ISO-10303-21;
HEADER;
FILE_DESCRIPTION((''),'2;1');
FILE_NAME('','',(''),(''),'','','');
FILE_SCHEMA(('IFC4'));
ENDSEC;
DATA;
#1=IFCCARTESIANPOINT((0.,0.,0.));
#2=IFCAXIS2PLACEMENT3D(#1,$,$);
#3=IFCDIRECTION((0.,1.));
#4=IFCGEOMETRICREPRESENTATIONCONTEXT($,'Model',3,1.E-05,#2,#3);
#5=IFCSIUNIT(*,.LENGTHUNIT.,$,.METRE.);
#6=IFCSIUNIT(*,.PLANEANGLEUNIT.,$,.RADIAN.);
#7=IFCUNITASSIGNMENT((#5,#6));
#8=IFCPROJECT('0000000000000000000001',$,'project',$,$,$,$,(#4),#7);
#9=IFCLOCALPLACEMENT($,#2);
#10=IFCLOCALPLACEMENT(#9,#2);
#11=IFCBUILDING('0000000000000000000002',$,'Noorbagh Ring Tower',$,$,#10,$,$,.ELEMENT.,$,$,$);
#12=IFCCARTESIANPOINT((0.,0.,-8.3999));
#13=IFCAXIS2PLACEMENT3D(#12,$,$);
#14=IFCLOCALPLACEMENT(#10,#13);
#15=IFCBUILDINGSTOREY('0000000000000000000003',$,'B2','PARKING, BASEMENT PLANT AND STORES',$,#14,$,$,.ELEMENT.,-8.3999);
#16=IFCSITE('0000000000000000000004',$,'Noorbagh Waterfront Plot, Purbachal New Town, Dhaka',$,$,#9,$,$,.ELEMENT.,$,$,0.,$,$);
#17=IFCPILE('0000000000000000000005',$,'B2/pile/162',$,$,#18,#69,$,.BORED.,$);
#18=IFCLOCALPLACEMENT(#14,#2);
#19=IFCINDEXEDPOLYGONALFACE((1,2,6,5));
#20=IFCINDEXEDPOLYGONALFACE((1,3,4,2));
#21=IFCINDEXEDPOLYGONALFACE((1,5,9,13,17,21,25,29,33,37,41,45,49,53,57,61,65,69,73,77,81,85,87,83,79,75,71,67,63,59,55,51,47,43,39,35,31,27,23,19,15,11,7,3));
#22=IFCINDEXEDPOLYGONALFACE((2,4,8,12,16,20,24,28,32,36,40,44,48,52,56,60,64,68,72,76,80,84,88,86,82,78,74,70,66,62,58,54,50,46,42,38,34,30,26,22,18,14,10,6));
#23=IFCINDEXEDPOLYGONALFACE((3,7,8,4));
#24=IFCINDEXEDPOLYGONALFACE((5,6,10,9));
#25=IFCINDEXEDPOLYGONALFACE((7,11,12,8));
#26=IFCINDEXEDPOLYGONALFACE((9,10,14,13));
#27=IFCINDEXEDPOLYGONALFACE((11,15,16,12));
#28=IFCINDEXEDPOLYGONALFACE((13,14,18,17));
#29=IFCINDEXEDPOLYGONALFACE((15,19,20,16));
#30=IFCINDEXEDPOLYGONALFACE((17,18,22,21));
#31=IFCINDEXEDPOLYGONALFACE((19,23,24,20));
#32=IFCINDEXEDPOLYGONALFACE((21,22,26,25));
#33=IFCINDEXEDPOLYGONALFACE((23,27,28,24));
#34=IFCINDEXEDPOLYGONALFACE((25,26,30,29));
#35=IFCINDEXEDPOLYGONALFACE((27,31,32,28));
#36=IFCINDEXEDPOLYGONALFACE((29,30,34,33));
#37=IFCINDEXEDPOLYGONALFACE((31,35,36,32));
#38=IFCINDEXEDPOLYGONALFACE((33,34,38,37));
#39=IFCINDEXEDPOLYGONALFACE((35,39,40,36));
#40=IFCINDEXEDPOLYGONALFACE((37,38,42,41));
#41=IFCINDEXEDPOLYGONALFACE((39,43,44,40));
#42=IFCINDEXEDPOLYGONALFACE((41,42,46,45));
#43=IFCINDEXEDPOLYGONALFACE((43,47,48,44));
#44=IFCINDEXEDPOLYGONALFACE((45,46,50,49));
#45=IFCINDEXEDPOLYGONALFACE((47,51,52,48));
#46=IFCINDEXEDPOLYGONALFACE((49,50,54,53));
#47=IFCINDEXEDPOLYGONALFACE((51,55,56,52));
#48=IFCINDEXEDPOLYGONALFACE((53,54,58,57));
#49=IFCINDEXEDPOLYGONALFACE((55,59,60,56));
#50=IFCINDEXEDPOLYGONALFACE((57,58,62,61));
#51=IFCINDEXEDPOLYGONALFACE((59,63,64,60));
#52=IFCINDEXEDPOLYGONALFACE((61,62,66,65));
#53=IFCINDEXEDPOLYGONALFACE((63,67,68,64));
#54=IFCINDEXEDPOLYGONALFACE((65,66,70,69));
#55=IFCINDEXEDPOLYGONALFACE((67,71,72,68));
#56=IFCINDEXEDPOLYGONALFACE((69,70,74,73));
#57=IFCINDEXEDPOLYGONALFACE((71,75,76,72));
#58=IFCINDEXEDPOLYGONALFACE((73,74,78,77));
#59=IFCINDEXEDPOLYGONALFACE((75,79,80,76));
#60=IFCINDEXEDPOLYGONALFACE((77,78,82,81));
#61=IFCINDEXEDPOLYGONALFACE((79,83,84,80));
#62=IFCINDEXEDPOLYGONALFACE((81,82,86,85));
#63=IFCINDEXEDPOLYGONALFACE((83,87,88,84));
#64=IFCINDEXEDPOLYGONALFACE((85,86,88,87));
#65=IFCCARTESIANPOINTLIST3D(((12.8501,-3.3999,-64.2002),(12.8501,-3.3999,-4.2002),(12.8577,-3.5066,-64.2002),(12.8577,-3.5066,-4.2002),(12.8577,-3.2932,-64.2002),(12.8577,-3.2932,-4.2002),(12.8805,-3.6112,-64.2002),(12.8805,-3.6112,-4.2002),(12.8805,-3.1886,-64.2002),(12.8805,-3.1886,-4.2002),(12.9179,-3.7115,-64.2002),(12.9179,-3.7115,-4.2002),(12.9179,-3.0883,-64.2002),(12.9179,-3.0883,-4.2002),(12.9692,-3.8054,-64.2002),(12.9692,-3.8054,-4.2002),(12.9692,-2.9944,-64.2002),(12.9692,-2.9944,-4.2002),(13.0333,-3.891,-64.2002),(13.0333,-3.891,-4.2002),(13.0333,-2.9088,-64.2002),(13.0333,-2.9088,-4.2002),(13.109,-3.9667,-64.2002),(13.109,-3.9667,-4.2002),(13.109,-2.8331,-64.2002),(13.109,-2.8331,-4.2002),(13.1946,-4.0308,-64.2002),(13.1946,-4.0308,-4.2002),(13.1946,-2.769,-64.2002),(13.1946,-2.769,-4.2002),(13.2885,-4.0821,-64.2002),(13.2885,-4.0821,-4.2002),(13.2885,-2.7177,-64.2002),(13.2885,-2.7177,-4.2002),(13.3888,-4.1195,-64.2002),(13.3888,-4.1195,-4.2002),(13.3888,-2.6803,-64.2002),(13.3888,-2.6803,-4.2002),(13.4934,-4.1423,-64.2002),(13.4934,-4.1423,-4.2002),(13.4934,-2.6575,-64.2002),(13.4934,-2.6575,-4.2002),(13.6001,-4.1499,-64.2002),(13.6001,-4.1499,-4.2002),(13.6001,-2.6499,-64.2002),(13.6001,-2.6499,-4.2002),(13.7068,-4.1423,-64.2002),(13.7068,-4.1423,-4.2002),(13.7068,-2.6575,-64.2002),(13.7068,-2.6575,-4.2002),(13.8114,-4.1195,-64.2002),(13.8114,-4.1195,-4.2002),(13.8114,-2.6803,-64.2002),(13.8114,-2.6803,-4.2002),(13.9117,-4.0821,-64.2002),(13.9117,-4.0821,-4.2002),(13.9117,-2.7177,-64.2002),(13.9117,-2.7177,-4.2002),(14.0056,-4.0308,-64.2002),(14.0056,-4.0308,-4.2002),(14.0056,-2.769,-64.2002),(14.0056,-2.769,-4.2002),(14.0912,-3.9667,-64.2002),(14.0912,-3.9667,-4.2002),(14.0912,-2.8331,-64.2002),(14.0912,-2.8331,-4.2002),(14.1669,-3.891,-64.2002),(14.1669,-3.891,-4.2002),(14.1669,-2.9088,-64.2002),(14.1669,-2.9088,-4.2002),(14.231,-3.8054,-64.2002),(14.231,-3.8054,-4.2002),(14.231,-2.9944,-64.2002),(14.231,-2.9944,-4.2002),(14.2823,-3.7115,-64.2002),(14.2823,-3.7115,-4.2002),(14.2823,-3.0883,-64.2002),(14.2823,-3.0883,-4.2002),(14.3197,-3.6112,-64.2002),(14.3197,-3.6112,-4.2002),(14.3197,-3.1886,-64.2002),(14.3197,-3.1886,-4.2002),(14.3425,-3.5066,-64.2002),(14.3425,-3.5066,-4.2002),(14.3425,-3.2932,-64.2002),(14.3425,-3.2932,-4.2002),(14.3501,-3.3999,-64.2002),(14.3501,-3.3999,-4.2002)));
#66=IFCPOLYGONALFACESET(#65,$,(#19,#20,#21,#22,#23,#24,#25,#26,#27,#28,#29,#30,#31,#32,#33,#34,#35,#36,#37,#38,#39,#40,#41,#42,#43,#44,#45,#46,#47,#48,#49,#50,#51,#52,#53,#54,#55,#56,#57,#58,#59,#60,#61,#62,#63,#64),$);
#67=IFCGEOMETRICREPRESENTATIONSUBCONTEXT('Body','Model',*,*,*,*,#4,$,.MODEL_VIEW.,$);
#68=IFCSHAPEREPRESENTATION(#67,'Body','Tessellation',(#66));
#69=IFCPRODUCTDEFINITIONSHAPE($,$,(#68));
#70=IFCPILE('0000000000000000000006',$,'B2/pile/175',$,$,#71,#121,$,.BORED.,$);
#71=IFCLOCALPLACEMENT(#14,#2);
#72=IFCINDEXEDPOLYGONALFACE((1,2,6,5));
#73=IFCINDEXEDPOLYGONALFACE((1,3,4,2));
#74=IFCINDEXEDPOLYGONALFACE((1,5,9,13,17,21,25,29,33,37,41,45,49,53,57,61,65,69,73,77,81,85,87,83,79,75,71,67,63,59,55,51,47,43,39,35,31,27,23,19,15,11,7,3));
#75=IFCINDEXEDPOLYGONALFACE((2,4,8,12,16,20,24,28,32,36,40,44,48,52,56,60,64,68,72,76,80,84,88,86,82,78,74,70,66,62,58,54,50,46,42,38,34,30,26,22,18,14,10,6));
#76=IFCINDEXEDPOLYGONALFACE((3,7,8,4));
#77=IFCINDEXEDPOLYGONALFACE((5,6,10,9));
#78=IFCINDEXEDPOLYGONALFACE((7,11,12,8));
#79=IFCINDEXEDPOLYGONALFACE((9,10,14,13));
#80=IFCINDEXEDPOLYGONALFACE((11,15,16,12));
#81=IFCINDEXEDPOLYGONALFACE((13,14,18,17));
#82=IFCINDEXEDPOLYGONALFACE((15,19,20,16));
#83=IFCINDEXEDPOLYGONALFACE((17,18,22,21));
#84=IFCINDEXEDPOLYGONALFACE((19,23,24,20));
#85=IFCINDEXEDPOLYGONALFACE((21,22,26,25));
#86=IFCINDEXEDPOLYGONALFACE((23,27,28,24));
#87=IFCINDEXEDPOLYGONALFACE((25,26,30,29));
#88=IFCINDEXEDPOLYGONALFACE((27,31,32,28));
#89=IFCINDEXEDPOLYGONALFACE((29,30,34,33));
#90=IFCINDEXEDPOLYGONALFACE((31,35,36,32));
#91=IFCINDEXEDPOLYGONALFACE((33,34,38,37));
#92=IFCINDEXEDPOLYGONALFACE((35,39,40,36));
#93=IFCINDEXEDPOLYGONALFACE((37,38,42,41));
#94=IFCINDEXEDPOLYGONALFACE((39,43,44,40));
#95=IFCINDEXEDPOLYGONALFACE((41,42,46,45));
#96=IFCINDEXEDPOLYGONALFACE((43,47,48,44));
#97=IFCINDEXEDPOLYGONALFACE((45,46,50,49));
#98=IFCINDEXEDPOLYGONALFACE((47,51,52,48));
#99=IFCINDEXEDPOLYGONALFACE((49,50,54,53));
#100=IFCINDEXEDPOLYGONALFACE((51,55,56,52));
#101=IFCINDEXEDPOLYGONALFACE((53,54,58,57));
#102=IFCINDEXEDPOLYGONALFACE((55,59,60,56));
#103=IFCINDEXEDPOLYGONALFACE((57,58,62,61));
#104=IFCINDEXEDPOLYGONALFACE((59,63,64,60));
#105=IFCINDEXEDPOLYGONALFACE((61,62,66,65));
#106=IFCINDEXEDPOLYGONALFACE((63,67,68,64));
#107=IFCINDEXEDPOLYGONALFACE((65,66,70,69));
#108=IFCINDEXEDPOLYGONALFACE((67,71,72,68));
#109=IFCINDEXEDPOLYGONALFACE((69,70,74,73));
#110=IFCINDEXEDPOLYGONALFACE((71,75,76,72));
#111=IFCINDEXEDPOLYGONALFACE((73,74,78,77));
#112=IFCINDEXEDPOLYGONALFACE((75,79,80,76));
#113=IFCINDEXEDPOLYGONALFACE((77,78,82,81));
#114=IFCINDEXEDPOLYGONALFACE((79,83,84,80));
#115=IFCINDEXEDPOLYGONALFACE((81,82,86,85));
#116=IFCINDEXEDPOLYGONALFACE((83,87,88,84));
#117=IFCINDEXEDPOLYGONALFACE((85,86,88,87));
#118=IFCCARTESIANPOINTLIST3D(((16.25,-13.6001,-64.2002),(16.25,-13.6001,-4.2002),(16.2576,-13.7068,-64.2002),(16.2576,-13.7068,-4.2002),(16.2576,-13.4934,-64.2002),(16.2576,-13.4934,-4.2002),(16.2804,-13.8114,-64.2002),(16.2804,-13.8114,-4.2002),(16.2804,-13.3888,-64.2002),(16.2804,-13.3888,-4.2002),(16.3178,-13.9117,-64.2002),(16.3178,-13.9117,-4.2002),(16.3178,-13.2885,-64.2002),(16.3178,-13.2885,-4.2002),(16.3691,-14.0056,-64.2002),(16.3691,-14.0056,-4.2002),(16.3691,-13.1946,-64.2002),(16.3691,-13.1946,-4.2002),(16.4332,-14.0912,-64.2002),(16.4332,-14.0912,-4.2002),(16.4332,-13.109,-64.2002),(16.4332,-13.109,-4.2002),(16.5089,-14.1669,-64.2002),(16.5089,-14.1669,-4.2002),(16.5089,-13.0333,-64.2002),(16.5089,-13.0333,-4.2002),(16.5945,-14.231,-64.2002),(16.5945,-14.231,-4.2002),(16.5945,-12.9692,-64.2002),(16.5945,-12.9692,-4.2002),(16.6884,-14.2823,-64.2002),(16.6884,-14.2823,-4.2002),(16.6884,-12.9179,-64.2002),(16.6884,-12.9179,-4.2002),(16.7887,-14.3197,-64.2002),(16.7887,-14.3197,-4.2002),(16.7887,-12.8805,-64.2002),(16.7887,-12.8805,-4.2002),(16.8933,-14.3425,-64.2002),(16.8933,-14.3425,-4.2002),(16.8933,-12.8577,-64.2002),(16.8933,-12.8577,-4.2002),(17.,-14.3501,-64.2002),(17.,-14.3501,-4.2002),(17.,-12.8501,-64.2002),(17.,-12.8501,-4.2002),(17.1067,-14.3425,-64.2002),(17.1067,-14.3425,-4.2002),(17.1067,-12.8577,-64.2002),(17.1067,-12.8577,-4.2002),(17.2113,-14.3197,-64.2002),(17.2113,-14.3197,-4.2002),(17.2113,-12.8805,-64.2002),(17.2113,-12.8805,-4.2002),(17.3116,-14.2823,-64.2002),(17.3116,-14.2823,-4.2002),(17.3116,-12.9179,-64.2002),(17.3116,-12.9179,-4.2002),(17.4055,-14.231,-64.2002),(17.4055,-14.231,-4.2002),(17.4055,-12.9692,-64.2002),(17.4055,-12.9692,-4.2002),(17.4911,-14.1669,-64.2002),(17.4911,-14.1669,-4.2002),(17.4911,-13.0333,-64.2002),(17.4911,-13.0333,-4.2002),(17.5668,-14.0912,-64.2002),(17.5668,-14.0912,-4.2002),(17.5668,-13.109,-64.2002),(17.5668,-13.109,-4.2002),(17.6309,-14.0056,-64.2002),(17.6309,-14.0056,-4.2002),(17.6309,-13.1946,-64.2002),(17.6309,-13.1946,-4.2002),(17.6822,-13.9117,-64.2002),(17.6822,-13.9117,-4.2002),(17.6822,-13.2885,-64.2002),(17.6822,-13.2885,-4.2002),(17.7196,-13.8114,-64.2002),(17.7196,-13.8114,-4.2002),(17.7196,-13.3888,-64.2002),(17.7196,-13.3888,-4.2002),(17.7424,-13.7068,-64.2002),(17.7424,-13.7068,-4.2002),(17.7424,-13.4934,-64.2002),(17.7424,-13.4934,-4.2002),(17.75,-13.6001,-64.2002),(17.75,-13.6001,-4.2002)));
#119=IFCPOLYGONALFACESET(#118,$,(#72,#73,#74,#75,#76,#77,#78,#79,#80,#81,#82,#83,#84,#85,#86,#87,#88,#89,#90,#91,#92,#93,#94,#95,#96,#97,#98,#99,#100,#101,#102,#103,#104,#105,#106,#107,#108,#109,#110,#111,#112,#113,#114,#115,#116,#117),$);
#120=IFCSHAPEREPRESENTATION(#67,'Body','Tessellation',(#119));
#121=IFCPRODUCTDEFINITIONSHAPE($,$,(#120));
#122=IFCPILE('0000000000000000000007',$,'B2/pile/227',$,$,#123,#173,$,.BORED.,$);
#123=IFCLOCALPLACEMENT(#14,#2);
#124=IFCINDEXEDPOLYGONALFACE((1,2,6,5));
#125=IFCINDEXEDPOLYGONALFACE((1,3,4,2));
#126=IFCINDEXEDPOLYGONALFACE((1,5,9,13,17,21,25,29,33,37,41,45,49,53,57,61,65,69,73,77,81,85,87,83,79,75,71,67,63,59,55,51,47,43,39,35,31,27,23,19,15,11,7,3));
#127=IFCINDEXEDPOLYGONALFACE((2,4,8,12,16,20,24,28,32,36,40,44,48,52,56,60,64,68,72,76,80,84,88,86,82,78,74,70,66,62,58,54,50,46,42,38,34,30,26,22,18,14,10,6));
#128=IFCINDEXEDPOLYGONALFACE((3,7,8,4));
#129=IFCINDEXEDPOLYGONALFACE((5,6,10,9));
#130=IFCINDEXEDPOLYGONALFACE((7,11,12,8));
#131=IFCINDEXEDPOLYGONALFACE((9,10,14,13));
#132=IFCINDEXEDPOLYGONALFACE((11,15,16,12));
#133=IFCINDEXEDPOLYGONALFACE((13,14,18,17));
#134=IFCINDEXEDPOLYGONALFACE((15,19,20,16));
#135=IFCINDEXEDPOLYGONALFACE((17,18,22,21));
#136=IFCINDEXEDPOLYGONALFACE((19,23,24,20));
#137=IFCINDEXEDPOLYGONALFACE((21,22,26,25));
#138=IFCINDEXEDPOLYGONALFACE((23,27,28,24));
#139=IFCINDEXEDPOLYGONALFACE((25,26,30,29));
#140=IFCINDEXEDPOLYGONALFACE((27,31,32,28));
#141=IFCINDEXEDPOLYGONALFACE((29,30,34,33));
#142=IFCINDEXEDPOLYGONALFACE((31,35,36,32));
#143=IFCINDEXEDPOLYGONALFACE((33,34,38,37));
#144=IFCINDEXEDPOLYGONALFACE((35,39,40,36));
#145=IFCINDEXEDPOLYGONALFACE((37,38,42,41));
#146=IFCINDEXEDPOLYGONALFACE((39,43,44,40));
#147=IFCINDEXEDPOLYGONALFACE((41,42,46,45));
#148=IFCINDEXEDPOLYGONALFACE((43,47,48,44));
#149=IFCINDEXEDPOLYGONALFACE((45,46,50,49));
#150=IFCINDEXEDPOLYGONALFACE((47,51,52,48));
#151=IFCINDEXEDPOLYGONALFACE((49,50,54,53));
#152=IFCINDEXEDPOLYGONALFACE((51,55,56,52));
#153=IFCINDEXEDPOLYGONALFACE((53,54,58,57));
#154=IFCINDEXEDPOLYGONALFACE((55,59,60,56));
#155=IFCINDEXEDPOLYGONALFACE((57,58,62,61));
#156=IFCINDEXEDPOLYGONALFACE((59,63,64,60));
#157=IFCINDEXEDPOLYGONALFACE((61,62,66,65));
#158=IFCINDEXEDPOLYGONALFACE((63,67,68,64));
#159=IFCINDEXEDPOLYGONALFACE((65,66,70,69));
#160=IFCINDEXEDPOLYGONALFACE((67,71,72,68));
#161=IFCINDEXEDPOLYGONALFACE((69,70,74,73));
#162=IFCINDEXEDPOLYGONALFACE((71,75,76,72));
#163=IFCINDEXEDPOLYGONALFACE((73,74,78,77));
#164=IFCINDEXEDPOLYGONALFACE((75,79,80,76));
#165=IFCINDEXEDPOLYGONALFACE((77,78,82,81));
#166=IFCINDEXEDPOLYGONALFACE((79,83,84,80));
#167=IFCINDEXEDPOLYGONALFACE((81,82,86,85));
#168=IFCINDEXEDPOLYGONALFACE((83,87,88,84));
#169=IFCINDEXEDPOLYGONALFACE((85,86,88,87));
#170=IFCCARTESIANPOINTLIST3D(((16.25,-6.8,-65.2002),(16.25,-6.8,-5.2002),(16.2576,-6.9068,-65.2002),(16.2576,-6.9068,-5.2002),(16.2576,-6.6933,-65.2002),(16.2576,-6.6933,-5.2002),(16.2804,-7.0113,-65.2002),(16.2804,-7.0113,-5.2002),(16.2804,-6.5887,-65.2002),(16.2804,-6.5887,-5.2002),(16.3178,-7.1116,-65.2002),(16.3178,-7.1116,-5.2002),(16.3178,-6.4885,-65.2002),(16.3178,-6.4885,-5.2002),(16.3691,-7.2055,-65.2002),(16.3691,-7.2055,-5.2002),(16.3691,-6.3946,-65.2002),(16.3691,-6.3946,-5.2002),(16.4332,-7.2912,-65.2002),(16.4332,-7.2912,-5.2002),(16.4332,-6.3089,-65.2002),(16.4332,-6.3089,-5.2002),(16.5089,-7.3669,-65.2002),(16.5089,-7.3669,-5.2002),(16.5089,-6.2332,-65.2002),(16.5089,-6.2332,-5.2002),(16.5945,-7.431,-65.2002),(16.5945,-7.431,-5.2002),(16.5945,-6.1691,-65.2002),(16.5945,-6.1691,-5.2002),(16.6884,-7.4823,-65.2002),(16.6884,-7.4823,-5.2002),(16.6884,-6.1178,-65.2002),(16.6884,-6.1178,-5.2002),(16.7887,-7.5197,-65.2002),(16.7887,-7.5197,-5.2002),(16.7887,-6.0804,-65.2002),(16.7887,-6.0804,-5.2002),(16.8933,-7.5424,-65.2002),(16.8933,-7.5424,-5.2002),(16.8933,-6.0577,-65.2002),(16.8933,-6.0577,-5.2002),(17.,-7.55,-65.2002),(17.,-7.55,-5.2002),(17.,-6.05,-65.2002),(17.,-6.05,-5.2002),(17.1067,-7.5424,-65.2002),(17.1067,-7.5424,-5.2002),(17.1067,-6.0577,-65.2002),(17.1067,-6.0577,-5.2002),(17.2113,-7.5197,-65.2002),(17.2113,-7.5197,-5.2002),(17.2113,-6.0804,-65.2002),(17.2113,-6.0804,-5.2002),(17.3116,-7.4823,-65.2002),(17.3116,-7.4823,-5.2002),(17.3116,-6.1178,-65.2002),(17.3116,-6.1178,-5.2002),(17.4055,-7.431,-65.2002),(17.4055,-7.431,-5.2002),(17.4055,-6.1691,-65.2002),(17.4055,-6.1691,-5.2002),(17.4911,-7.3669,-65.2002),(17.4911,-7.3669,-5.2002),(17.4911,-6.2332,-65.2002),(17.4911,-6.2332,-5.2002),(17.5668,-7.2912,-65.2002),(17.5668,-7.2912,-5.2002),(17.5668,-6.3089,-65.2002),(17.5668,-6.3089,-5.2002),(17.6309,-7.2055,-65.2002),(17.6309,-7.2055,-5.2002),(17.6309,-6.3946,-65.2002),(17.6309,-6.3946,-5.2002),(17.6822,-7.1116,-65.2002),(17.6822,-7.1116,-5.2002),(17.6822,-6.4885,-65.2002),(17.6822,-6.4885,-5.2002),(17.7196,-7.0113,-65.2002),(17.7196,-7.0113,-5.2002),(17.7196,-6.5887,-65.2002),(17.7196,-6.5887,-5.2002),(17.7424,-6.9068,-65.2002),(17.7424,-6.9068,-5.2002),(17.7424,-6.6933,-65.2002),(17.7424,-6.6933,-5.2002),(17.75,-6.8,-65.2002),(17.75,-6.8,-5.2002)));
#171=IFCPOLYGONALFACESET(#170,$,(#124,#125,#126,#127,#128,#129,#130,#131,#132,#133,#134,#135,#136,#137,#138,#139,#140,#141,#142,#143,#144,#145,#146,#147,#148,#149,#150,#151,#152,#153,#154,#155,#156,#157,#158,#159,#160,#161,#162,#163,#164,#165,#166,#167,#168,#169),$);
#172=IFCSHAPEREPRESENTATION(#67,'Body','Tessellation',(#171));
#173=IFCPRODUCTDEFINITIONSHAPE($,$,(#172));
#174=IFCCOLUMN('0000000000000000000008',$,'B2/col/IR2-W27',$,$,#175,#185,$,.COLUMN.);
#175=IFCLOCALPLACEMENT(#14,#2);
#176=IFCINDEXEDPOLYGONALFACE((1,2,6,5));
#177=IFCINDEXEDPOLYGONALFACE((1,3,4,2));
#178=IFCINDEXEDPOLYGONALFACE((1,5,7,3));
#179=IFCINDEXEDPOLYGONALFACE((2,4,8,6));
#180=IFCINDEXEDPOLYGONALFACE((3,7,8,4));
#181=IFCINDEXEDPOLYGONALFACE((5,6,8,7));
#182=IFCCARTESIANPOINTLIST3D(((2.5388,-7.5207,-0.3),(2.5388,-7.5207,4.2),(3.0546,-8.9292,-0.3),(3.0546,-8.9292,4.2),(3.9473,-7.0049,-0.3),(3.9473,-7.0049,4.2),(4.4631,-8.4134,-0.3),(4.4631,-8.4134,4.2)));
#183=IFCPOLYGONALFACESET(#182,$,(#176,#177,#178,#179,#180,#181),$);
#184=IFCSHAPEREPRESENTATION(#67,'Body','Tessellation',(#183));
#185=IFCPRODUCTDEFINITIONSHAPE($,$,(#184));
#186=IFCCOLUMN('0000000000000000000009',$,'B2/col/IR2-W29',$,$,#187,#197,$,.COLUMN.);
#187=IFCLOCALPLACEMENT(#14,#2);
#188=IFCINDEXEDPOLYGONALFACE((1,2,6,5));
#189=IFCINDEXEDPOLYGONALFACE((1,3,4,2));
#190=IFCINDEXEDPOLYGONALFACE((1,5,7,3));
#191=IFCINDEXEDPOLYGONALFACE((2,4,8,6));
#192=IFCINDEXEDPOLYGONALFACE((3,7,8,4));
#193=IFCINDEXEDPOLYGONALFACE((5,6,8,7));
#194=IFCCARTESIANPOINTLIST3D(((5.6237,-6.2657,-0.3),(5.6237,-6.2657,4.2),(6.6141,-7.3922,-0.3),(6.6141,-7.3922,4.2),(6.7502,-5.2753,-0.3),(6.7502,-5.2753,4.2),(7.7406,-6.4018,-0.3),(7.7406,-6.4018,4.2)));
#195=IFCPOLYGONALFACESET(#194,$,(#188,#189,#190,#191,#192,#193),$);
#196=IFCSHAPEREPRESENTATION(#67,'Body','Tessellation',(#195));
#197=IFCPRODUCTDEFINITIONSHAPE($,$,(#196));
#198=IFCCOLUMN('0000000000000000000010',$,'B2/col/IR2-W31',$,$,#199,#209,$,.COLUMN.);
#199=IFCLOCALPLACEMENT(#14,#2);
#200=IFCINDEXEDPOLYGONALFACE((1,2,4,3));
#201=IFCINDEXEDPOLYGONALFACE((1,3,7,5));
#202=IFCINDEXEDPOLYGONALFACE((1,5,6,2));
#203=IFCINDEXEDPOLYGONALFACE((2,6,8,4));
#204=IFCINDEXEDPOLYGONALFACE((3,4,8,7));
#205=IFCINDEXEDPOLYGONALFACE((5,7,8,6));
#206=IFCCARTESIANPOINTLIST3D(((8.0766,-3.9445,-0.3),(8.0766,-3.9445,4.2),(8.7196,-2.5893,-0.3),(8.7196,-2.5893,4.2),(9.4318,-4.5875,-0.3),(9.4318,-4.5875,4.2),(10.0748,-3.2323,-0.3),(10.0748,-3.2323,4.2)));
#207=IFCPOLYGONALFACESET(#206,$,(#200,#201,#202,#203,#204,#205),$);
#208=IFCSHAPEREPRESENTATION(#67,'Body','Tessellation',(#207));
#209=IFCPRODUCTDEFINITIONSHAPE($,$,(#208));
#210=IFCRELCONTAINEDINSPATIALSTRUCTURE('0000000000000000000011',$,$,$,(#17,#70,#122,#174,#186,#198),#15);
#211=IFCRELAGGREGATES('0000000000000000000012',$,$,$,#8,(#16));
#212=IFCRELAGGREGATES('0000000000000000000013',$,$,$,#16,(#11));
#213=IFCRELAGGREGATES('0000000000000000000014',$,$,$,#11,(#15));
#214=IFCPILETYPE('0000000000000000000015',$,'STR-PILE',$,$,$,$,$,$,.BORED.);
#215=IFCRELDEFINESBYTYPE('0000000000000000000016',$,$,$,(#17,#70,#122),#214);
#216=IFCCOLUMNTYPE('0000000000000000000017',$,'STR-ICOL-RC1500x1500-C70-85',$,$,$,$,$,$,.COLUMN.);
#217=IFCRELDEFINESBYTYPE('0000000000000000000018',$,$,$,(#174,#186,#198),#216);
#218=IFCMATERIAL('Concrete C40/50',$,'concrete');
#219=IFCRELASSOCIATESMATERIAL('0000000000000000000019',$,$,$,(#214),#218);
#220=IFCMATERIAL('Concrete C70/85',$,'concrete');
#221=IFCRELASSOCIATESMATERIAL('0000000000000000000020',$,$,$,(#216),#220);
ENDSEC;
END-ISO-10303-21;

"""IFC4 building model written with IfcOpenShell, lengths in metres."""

from ifc_helpers import new_model, si_unit, direction, frame, origin, origin_2d, place, context, subcontext, project, spatial, rectangle, circle, extrude, material, material_profile, profile_set, type_object, element, save


model = new_model("IFC4")

# Units and contexts
model_context = context("Model", 3, precision=1e-05, world=origin(), true_north=direction((0.0, 1.0)))
body_context = subcontext(model_context, "Body", "Model", "MODEL_VIEW")
ifc_project = project(units=[si_unit("LENGTHUNIT", "METRE"), si_unit("PLANEANGLEUNIT", "RADIAN")], contexts=[model_context])

# Site, building, storey
site_placement = place(None, origin())
site = spatial("IfcSite", under=ifc_project, at=site_placement, Name="Noorbagh Waterfront Plot, Purbachal New Town, Dhaka", CompositionType="ELEMENT", RefElevation=0.0)
building_placement = place(site_placement, origin())
building = spatial("IfcBuilding", under=site, at=building_placement, Name="Noorbagh Ring Tower", CompositionType="ELEMENT")
storey_placement = place(building_placement, frame((0.0, 0.0, -8.3999)))
storey = spatial("IfcBuildingStorey", under=building, at=storey_placement, Name="B2", Description="PARKING, BASEMENT PLANT AND STORES", CompositionType="ELEMENT", Elevation=-8.3999)

# Piles
ifc_material_1 = material(Name="Concrete C40/50", Category="concrete")
ifc_material_profile_1 = material_profile(ifc_material_1, circle(Radius=0.75, at=origin_2d()), Name="PILE1500")
ifc_profile_set_1 = profile_set([ifc_material_profile_1], Name="Concrete C40/50")
pile_type = type_object("IfcPileType", Name="STR-PILE", PredefinedType="BORED", material=ifc_profile_set_1)
for number, where, z_axis, x_axis, name in (
    (1, (13.6001, -3.3999, -4.2002), (0.0, 0.0, -1.0), (1.0, 0.0, 0.0), "B2/pile/162"),
    (2, (17.0, -13.6001, -4.2002), (0.0, 0.0, -1.0), (1.0, 0.0, 0.0), "B2/pile/175"),
    (3, (17.0, -6.8, -5.2002), (0.0, 0.0, -1.0), (1.0, 0.0, 0.0), "B2/pile/227"),
):
    element("IfcPile", number, at=place(storey_placement, frame(where, z_axis=z_axis, x_axis=x_axis)), inside=storey, type_object=pile_type, Name=name, PredefinedType="BORED", context=body_context, shape_type="SweptSolid", body=[
        extrude(circle(Radius=0.75, at=origin_2d()), origin(), (0.0, 0.0, 1.0), 60.0),
    ])

# Columns
ifc_material_2 = material(Name="Concrete C70/85", Category="concrete")
ifc_material_profile_2 = material_profile(ifc_material_2, rectangle(XDim=1.5, YDim=1.5, at=origin_2d()), Name="RC1500x1500")
ifc_profile_set_2 = profile_set([ifc_material_profile_2], Name="Concrete C70/85")
column_type = type_object("IfcColumnType", Name="STR-ICOL-RC1500x1500-C70-85", PredefinedType="COLUMN", material=ifc_profile_set_2)
for number, where, z_axis, x_axis, name in (
    (4, (3.501, -7.967, -0.3), (0.0, 0.0, 1.0), (0.93902, 0.343864, 0.0), "B2/col/IR2-W27"),
    (5, (6.6821, -6.3337, -0.3), (0.0, 0.0, 1.0), (0.751022, 0.660277, 0.0), "B2/col/IR2-W29"),
    (6, (9.0757, -3.5884, -0.3), (0.0, 0.0, 1.0), (0.428667, 0.903463, 0.0), "B2/col/IR2-W31"),
):
    element("IfcColumn", number, at=place(storey_placement, frame(where, z_axis=z_axis, x_axis=x_axis)), inside=storey, type_object=column_type, Name=name, PredefinedType="COLUMN", context=body_context, shape_type="SweptSolid", body=[
        extrude(rectangle(XDim=1.5, YDim=1.5, at=origin_2d()), origin(), (0.0, 0.0, 1.0), 4.5),
    ])

save(model, "model.ifc")
